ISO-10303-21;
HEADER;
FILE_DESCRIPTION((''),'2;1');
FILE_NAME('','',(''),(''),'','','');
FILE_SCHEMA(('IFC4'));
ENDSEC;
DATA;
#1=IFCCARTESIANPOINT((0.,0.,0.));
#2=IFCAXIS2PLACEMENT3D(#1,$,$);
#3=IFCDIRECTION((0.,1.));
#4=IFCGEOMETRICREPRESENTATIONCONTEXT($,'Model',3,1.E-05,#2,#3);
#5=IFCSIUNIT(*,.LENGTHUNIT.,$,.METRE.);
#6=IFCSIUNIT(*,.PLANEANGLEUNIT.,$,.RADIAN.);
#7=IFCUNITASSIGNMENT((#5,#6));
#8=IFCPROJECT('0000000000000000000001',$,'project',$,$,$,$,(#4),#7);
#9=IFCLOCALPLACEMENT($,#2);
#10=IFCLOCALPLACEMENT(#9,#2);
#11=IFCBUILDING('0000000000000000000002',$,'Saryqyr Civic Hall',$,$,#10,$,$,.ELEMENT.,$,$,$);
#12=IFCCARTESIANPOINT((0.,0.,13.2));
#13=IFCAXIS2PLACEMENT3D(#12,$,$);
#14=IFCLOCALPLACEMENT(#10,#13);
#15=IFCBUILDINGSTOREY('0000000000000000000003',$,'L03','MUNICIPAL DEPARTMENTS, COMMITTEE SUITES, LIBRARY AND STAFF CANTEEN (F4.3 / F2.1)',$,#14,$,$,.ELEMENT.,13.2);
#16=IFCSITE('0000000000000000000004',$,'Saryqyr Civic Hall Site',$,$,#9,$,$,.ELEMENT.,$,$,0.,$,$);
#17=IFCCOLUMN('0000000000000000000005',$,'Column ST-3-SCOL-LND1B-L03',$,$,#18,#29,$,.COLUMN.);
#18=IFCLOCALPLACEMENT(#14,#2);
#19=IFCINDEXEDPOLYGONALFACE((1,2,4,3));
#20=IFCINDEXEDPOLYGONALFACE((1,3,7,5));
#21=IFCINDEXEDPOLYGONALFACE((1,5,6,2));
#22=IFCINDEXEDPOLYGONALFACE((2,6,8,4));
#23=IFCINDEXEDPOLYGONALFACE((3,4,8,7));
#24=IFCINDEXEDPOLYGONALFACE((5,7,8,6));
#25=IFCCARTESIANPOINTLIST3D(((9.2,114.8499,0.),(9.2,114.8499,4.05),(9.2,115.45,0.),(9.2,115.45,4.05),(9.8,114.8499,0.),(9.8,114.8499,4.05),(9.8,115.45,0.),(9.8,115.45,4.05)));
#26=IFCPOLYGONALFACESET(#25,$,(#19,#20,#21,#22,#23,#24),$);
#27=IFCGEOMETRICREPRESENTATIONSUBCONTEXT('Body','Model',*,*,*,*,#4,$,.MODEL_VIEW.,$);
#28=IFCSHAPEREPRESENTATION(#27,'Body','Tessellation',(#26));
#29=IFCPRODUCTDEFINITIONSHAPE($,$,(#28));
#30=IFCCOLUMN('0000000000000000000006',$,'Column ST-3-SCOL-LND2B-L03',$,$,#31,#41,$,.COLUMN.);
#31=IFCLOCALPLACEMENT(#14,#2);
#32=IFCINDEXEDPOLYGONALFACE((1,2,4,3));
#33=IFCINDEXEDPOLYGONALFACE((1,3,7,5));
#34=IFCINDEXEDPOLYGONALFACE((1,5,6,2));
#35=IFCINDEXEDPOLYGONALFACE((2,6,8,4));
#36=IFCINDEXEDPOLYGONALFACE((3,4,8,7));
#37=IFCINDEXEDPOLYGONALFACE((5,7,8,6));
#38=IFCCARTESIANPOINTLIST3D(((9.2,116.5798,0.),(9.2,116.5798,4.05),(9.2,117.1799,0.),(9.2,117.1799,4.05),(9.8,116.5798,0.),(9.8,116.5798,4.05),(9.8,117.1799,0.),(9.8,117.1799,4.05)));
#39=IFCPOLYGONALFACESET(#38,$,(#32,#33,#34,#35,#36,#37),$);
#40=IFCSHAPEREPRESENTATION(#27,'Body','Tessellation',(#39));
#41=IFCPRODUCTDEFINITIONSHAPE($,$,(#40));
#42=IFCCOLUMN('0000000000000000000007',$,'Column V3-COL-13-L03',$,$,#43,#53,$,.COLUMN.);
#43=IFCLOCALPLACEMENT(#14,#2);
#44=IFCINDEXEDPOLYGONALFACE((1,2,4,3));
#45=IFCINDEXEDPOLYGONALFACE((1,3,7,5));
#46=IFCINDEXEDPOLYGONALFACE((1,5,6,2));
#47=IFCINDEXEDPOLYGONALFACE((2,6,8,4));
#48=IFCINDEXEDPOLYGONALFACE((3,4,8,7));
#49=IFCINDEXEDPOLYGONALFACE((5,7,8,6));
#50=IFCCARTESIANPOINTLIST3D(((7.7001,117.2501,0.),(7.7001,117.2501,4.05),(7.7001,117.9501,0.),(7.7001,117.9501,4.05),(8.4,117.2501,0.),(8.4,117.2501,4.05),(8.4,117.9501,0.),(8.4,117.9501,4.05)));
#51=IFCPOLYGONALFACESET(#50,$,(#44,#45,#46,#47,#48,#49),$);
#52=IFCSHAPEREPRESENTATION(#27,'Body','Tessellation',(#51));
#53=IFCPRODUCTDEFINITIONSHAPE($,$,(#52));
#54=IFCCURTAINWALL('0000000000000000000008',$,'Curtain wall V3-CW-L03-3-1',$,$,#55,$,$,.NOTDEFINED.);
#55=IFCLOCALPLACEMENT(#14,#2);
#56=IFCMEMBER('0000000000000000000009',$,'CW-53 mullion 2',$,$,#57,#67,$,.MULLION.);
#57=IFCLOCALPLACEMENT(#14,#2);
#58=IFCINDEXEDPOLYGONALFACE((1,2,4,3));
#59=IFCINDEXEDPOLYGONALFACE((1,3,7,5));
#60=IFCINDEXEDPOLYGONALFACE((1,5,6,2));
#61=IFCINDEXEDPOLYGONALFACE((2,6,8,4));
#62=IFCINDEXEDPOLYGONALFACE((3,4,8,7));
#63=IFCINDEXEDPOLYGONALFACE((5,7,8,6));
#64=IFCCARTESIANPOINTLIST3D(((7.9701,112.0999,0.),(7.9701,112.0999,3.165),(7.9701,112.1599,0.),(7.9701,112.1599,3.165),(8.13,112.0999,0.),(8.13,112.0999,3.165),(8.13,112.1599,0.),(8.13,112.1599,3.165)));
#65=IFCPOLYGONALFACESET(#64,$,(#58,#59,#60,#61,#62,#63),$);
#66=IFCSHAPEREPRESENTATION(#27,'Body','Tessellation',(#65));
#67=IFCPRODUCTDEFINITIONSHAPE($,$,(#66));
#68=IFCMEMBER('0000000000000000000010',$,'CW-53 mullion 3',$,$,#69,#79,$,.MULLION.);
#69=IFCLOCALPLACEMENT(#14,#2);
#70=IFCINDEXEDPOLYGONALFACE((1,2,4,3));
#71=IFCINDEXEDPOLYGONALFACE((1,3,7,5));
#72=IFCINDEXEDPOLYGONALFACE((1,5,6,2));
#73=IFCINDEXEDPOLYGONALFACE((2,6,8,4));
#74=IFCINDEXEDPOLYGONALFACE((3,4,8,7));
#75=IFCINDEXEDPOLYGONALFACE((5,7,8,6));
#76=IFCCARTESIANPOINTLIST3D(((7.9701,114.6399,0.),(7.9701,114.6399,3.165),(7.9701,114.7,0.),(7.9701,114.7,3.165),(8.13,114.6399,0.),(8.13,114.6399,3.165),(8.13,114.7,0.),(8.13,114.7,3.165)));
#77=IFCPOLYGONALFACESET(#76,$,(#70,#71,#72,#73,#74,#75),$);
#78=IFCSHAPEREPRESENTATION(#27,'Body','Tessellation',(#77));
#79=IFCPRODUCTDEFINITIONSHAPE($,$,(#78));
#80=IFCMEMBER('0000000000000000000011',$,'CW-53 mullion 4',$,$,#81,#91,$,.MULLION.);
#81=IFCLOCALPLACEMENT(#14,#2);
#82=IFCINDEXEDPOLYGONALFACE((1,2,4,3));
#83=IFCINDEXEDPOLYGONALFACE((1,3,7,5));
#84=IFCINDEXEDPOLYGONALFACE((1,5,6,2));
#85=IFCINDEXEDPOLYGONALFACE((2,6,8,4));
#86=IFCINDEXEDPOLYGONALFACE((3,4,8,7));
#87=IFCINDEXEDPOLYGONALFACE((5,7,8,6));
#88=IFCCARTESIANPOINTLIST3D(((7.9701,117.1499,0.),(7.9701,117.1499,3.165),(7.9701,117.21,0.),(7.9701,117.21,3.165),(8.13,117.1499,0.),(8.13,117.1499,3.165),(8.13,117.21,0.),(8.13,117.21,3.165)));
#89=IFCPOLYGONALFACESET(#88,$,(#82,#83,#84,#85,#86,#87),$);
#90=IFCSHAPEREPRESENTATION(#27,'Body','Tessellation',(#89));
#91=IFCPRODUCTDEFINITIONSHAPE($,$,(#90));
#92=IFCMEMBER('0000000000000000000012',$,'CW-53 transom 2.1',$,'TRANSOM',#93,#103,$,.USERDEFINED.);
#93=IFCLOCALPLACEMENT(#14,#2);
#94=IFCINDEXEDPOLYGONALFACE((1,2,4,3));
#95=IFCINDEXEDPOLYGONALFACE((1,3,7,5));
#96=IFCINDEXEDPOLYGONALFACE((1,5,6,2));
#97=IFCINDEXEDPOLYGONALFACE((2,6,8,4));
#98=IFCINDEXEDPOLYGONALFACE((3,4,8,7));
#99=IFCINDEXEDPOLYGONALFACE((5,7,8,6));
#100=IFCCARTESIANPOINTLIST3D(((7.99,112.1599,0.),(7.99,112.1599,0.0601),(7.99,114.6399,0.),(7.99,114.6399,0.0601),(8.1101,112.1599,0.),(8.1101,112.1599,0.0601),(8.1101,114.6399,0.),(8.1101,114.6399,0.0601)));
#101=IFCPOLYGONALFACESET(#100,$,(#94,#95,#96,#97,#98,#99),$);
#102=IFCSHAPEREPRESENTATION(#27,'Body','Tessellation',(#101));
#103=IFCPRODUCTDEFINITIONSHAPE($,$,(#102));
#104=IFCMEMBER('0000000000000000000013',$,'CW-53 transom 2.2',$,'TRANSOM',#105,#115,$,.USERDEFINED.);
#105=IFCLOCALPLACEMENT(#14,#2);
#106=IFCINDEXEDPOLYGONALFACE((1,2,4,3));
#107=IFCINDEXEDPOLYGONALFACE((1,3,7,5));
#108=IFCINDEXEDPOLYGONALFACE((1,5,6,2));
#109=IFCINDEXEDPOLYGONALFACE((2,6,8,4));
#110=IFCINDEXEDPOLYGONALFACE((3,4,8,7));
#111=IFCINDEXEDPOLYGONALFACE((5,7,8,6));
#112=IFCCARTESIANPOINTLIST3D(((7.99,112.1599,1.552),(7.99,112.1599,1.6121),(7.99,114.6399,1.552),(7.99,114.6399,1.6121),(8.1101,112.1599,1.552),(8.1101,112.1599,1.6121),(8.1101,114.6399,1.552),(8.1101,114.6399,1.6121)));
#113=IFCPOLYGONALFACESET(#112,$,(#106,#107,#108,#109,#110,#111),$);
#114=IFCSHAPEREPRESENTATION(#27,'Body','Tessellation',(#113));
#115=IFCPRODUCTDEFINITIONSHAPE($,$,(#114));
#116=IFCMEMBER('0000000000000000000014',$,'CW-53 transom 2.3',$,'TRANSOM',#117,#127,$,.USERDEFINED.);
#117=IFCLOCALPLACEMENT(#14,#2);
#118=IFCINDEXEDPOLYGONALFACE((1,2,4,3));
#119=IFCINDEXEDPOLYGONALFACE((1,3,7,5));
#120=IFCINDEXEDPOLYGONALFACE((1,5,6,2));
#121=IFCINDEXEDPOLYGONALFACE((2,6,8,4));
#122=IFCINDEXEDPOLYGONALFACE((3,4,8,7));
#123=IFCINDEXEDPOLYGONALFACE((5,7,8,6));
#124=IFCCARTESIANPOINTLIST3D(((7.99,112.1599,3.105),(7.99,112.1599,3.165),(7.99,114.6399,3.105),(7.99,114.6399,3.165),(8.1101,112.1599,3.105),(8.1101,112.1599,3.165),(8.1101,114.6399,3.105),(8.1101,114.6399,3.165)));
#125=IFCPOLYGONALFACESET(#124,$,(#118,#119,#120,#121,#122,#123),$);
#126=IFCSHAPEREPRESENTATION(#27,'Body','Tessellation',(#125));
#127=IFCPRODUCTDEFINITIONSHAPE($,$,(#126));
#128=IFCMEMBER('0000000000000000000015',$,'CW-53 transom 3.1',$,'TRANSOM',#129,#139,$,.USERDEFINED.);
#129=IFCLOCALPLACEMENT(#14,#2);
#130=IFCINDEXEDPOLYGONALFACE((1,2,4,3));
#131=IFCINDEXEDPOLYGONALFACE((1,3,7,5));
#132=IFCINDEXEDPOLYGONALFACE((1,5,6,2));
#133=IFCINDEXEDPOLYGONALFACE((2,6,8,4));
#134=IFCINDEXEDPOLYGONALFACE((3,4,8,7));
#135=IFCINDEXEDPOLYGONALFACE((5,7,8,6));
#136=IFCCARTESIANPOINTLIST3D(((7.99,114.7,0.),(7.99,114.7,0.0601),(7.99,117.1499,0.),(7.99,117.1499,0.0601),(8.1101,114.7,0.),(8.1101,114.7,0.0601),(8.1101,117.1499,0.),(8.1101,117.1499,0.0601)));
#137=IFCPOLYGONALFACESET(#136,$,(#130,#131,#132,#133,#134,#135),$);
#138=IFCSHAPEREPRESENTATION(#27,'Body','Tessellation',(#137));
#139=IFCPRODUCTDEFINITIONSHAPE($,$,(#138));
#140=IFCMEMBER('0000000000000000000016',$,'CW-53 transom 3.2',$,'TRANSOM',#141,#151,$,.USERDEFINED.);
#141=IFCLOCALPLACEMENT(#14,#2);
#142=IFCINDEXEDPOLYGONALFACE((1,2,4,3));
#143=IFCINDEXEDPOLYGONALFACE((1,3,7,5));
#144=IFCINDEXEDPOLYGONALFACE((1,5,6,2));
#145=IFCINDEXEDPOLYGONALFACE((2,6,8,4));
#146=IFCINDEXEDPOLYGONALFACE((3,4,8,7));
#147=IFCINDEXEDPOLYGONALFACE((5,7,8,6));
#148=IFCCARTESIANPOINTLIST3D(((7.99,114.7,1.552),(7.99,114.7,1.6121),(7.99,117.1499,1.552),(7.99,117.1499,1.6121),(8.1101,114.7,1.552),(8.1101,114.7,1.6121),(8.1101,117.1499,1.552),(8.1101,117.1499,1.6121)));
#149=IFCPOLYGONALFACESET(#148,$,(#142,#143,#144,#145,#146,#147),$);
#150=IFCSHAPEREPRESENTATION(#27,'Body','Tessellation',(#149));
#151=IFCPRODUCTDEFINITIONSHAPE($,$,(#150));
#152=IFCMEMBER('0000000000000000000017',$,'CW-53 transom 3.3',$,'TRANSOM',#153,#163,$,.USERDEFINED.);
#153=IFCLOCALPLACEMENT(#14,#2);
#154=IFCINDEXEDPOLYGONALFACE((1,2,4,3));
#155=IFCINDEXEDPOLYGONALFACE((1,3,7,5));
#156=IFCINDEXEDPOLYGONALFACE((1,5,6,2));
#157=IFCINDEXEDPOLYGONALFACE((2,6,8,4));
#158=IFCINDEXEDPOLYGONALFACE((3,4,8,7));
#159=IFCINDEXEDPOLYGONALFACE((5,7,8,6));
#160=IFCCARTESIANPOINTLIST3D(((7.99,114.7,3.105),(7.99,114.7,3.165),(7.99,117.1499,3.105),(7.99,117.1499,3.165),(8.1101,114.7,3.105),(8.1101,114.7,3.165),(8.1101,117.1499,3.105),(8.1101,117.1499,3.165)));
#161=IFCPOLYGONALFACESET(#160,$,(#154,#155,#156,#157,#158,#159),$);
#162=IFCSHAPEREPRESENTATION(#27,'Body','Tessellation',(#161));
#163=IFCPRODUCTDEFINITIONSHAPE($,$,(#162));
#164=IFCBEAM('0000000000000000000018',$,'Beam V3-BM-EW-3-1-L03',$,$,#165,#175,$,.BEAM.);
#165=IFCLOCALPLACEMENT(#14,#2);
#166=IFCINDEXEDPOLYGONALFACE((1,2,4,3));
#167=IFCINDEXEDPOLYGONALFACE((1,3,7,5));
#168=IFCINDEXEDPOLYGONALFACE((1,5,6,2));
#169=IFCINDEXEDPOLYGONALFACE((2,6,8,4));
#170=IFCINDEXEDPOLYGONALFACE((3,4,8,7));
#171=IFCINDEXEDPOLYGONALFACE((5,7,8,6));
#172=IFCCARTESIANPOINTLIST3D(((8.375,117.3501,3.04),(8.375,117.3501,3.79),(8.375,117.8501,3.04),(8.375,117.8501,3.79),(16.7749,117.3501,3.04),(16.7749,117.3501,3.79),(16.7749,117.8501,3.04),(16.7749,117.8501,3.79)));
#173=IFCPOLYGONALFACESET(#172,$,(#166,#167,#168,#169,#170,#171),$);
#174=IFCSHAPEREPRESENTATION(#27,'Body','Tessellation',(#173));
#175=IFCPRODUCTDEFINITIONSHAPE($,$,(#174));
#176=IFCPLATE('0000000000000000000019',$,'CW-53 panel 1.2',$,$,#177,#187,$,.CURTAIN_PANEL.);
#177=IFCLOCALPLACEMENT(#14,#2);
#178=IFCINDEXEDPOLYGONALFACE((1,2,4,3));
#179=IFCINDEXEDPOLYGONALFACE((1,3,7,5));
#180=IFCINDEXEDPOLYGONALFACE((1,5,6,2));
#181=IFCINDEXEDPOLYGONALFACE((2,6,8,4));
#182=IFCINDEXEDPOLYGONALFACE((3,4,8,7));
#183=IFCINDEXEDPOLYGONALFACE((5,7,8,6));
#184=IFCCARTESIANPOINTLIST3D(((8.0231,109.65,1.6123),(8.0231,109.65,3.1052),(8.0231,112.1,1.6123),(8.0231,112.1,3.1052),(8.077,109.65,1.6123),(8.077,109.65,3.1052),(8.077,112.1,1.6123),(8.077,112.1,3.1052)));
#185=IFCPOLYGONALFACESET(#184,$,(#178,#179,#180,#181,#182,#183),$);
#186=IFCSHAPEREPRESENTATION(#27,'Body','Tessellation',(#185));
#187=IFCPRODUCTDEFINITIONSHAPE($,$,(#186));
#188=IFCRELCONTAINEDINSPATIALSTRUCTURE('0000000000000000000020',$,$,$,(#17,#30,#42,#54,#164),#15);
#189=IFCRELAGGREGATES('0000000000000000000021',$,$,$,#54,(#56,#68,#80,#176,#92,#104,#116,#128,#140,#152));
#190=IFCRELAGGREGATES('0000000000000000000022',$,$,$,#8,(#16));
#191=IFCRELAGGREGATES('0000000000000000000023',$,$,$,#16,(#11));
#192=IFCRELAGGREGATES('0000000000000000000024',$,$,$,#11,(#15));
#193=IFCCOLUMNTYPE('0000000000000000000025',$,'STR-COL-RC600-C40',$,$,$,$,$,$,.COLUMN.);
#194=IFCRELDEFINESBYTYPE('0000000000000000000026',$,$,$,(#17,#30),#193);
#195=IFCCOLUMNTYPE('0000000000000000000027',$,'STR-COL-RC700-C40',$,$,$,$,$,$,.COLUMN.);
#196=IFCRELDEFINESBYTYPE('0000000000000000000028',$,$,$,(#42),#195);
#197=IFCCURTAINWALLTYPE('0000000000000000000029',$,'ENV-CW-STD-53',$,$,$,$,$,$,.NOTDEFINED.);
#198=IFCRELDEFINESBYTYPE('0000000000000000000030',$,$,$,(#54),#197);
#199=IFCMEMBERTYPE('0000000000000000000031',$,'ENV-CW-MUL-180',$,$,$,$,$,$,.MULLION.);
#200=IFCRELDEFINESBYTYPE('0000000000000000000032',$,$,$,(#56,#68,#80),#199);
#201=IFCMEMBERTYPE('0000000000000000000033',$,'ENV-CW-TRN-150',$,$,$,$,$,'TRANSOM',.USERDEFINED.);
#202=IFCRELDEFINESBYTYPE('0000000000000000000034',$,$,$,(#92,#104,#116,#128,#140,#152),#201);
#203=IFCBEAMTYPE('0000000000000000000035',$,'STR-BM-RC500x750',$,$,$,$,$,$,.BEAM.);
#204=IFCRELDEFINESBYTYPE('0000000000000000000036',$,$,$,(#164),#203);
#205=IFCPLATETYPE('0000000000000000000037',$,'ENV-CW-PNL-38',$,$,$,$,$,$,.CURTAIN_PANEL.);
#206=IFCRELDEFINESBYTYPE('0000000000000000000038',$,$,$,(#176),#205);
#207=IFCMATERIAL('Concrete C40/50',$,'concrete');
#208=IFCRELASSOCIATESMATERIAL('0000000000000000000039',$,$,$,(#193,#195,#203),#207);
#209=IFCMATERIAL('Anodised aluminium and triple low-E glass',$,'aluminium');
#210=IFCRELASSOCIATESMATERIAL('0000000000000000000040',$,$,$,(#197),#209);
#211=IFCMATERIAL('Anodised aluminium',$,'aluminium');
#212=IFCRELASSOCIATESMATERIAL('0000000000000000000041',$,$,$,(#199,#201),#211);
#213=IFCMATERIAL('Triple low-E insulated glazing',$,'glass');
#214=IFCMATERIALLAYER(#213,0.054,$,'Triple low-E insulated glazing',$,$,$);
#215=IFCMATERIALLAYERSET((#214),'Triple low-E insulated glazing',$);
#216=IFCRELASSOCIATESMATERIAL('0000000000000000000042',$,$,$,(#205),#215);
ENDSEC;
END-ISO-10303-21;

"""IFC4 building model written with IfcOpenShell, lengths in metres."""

from ifc_helpers import new_model, si_unit, direction, frame, origin, origin_2d, place, context, subcontext, project, spatial, rectangle, extrude, material, layer, layer_set, material_profile, profile_set, type_object, element, aggregate, save


model = new_model("IFC4")

# Units and contexts
model_context = context("Model", 3, precision=1e-05, world=origin(), true_north=direction((0.0, 1.0)))
body_context = subcontext(model_context, "Body", "Model", "MODEL_VIEW")
ifc_project = project(units=[si_unit("LENGTHUNIT", "METRE"), si_unit("PLANEANGLEUNIT", "RADIAN")], contexts=[model_context])

# Site, building, storey
site_placement = place(None, origin())
site = spatial("IfcSite", under=ifc_project, at=site_placement, Name="Saryqyr Civic Hall Site", CompositionType="ELEMENT", RefElevation=0.0)
building_placement = place(site_placement, origin())
building = spatial("IfcBuilding", under=site, at=building_placement, Name="Saryqyr Civic Hall", CompositionType="ELEMENT")
storey_placement = place(building_placement, frame((0.0, 0.0, 13.2)))
storey = spatial("IfcBuildingStorey", under=building, at=storey_placement, Name="L03", Description="MUNICIPAL DEPARTMENTS, COMMITTEE SUITES, LIBRARY AND STAFF CANTEEN (F4.3 / F2.1)", CompositionType="ELEMENT", Elevation=13.2)

# Columns
ifc_material_1 = material(Name="Concrete C40/50", Category="concrete")
ifc_material_profile_1 = material_profile(ifc_material_1, rectangle(XDim=0.6001, YDim=0.6001, at=origin_2d()), Name="RC 600x600")
ifc_profile_set_1 = profile_set([ifc_material_profile_1], Name="Concrete C40/50")
column_type_1 = type_object("IfcColumnType", Name="STR-COL-RC600-C40", PredefinedType="COLUMN", material=ifc_profile_set_1)
for number, where, z_axis, x_axis, name in (
    (1, (9.5, 115.1499, 0.0), (0.0, 0.0, 1.0), (1.0, 0.0, 0.0), "Column ST-3-SCOL-LND1B-L03"),
    (2, (9.5, 116.8799, 0.0), (0.0, 0.0, 1.0), (1.0, 0.0, 0.0), "Column ST-3-SCOL-LND2B-L03"),
):
    element("IfcColumn", number, at=place(storey_placement, frame(where, z_axis=z_axis, x_axis=x_axis)), inside=storey, type_object=column_type_1, Name=name, PredefinedType="COLUMN", context=body_context, shape_type="SweptSolid", body=[
        extrude(rectangle(XDim=0.6001, YDim=0.6001, at=origin_2d()), origin(), (0.0, 0.0, 1.0), 4.05),
    ])
ifc_material_profile_2 = material_profile(ifc_material_1, rectangle(XDim=0.7, YDim=0.7, at=origin_2d()), Name="RC 700x700")
ifc_profile_set_2 = profile_set([ifc_material_profile_2], Name="Concrete C40/50")
column_type_2 = type_object("IfcColumnType", Name="STR-COL-RC700-C40", PredefinedType="COLUMN", material=ifc_profile_set_2)
column_placement = place(storey_placement, frame((8.05, 117.6001, 0.0), z_axis=(0.0, 0.0, 1.0), x_axis=(1.0, 0.0, 0.0)))
element("IfcColumn", 3, at=column_placement, inside=storey, type_object=column_type_2, Name="Column V3-COL-13-L03", PredefinedType="COLUMN", context=body_context, shape_type="SweptSolid", body=[
    extrude(rectangle(XDim=0.7, YDim=0.7, at=origin_2d()), origin(), (0.0, 0.0, 1.0), 4.05),
])

# Curtain wall, members
ifc_material_2 = material(Name="Anodised aluminium and triple low-E glass", Category="aluminium")
curtain_wall_type = type_object("IfcCurtainWallType", Name="ENV-CW-STD-53", PredefinedType="NOTDEFINED", material=ifc_material_2)
curtain_wall_placement = place(storey_placement, origin())
curtain_wall = element("IfcCurtainWall", 4, at=curtain_wall_placement, inside=storey, type_object=curtain_wall_type, Name="Curtain wall V3-CW-L03-3-1", PredefinedType="NOTDEFINED")
ifc_material_3 = material(Name="Anodised aluminium", Category="aluminium")
ifc_material_profile_3 = material_profile(ifc_material_3, rectangle(XDim=0.0601, YDim=0.1599, at=origin_2d()), Name="ALU MULLION 60x160")
ifc_profile_set_3 = profile_set([ifc_material_profile_3], Name="Anodised aluminium")
member_type_1 = type_object("IfcMemberType", Name="ENV-CW-MUL-180", PredefinedType="MULLION", material=ifc_profile_set_3)
member_1_placement = place(storey_placement, frame((8.05, 112.1299, 0.0), z_axis=(0.0, 0.0, 1.0), x_axis=(0.0, 1.0, 0.0)))
member_1 = element("IfcMember", 5, at=member_1_placement, type_object=member_type_1, Name="CW-53 mullion 2", PredefinedType="MULLION", context=body_context, shape_type="SweptSolid", body=[
    extrude(rectangle(XDim=0.0601, YDim=0.1599, at=origin_2d()), origin(), (0.0, 0.0, 1.0), 3.165),
])
member_2_placement = place(storey_placement, frame((8.05, 114.6699, 0.0), z_axis=(0.0, 0.0, 1.0), x_axis=(0.0, 1.0, 0.0)))
member_2 = element("IfcMember", 6, at=member_2_placement, type_object=member_type_1, Name="CW-53 mullion 3", PredefinedType="MULLION", context=body_context, shape_type="SweptSolid", body=[
    extrude(rectangle(XDim=0.0601, YDim=0.1599, at=origin_2d()), origin(), (0.0, 0.0, 1.0), 3.165),
])
member_3_placement = place(storey_placement, frame((8.05, 117.1799, 0.0), z_axis=(0.0, 0.0, 1.0), x_axis=(0.0, 1.0, 0.0)))
member_3 = element("IfcMember", 7, at=member_3_placement, type_object=member_type_1, Name="CW-53 mullion 4", PredefinedType="MULLION", context=body_context, shape_type="SweptSolid", body=[
    extrude(rectangle(XDim=0.0601, YDim=0.1599, at=origin_2d()), origin(), (0.0, 0.0, 1.0), 3.165),
])
ifc_material_profile_4 = material_profile(ifc_material_3, rectangle(XDim=0.1201, YDim=0.0601, at=origin_2d()), Name="ALU TRANSOM 120x60")
ifc_profile_set_4 = profile_set([ifc_material_profile_4], Name="Anodised aluminium")
member_type_2 = type_object("IfcMemberType", Name="ENV-CW-TRN-150", ElementType="TRANSOM", PredefinedType="USERDEFINED", material=ifc_profile_set_4)
member_4_placement = place(storey_placement, frame((8.05, 112.1599, 0.03), z_axis=(0.0, 1.0, 0.0), x_axis=(-1.0, 0.0, 0.0)))
member_4 = element("IfcMember", 8, at=member_4_placement, type_object=member_type_2, Name="CW-53 transom 2.1", ObjectType="TRANSOM", PredefinedType="USERDEFINED", context=body_context, shape_type="SweptSolid", body=[
    extrude(rectangle(XDim=0.1201, YDim=0.0601, at=origin_2d()), origin(), (0.0, 0.0, 1.0), 2.48),
])
member_5_placement = place(storey_placement, frame((8.05, 112.1599, 1.582), z_axis=(0.0, 1.0, 0.0), x_axis=(-1.0, 0.0, 0.0)))
member_5 = element("IfcMember", 9, at=member_5_placement, type_object=member_type_2, Name="CW-53 transom 2.2", ObjectType="TRANSOM", PredefinedType="USERDEFINED", context=body_context, shape_type="SweptSolid", body=[
    extrude(rectangle(XDim=0.1201, YDim=0.0601, at=origin_2d()), origin(), (0.0, 0.0, 1.0), 2.48),
])
member_6_placement = place(storey_placement, frame((8.05, 112.1599, 3.135), z_axis=(0.0, 1.0, 0.0), x_axis=(-1.0, 0.0, 0.0)))
member_6 = element("IfcMember", 10, at=member_6_placement, type_object=member_type_2, Name="CW-53 transom 2.3", ObjectType="TRANSOM", PredefinedType="USERDEFINED", context=body_context, shape_type="SweptSolid", body=[
    extrude(rectangle(XDim=0.1201, YDim=0.0601, at=origin_2d()), origin(), (0.0, 0.0, 1.0), 2.48),
])
member_7_placement = place(storey_placement, frame((8.05, 114.7, 0.03), z_axis=(0.0, 1.0, 0.0), x_axis=(-1.0, 0.0, 0.0)))
member_7 = element("IfcMember", 11, at=member_7_placement, type_object=member_type_2, Name="CW-53 transom 3.1", ObjectType="TRANSOM", PredefinedType="USERDEFINED", context=body_context, shape_type="SweptSolid", body=[
    extrude(rectangle(XDim=0.1201, YDim=0.0601, at=origin_2d()), origin(), (0.0, 0.0, 1.0), 2.45),
])
member_8_placement = place(storey_placement, frame((8.05, 114.7, 1.582), z_axis=(0.0, 1.0, 0.0), x_axis=(-1.0, 0.0, 0.0)))
member_8 = element("IfcMember", 12, at=member_8_placement, type_object=member_type_2, Name="CW-53 transom 3.2", ObjectType="TRANSOM", PredefinedType="USERDEFINED", context=body_context, shape_type="SweptSolid", body=[
    extrude(rectangle(XDim=0.1201, YDim=0.0601, at=origin_2d()), origin(), (0.0, 0.0, 1.0), 2.45),
])
member_9_placement = place(storey_placement, frame((8.05, 114.7, 3.135), z_axis=(0.0, 1.0, 0.0), x_axis=(-1.0, 0.0, 0.0)))
member_9 = element("IfcMember", 13, at=member_9_placement, type_object=member_type_2, Name="CW-53 transom 3.3", ObjectType="TRANSOM", PredefinedType="USERDEFINED", context=body_context, shape_type="SweptSolid", body=[
    extrude(rectangle(XDim=0.1201, YDim=0.0601, at=origin_2d()), origin(), (0.0, 0.0, 1.0), 2.45),
])

# Beam
ifc_material_profile_5 = material_profile(ifc_material_1, rectangle(XDim=0.5, YDim=0.75, at=origin_2d()), Name="RC 500x750")
ifc_profile_set_5 = profile_set([ifc_material_profile_5], Name="Concrete C40/50")
beam_type = type_object("IfcBeamType", Name="STR-BM-RC500x750", PredefinedType="BEAM", material=ifc_profile_set_5)
beam_placement = place(storey_placement, frame((8.375, 117.6001, 3.415), z_axis=(1.0, 0.0, 0.0), x_axis=(0.0, 1.0, 0.0)))
element("IfcBeam", 14, at=beam_placement, inside=storey, type_object=beam_type, Name="Beam V3-BM-EW-3-1-L03", PredefinedType="BEAM", context=body_context, shape_type="SweptSolid", body=[
    extrude(rectangle(XDim=0.5, YDim=0.75, at=origin_2d()), origin(), (0.0, 0.0, 1.0), 8.3999),
])

# Plate
ifc_material_4 = material(Name="Triple low-E insulated glazing", Category="glass")
ifc_layer_1 = layer(ifc_material_4, 0.054, Name="Triple low-E insulated glazing")
ifc_layer_set_1 = layer_set([ifc_layer_1], Name="Triple low-E insulated glazing")
plate_type = type_object("IfcPlateType", Name="ENV-CW-PNL-38", PredefinedType="CURTAIN_PANEL", material=ifc_layer_set_1)
plate_1_placement = place(storey_placement, frame((8.05, 110.875, 1.6123), z_axis=(0.0, 0.0, 1.0), x_axis=(0.0, 1.0, 0.0)))
plate_1 = element("IfcPlate", 15, at=plate_1_placement, type_object=plate_type, Name="CW-53 panel 1.2", PredefinedType="CURTAIN_PANEL", context=body_context, shape_type="SweptSolid", body=[
    extrude(rectangle(XDim=2.45, YDim=0.054, at=origin_2d()), origin(), (0.0, 0.0, 1.0), 1.4929),
])
aggregate(curtain_wall, [member_1, member_2, member_3, plate_1, member_4, member_5, member_6, member_7, member_8, member_9])

save(model, "model.ifc")
